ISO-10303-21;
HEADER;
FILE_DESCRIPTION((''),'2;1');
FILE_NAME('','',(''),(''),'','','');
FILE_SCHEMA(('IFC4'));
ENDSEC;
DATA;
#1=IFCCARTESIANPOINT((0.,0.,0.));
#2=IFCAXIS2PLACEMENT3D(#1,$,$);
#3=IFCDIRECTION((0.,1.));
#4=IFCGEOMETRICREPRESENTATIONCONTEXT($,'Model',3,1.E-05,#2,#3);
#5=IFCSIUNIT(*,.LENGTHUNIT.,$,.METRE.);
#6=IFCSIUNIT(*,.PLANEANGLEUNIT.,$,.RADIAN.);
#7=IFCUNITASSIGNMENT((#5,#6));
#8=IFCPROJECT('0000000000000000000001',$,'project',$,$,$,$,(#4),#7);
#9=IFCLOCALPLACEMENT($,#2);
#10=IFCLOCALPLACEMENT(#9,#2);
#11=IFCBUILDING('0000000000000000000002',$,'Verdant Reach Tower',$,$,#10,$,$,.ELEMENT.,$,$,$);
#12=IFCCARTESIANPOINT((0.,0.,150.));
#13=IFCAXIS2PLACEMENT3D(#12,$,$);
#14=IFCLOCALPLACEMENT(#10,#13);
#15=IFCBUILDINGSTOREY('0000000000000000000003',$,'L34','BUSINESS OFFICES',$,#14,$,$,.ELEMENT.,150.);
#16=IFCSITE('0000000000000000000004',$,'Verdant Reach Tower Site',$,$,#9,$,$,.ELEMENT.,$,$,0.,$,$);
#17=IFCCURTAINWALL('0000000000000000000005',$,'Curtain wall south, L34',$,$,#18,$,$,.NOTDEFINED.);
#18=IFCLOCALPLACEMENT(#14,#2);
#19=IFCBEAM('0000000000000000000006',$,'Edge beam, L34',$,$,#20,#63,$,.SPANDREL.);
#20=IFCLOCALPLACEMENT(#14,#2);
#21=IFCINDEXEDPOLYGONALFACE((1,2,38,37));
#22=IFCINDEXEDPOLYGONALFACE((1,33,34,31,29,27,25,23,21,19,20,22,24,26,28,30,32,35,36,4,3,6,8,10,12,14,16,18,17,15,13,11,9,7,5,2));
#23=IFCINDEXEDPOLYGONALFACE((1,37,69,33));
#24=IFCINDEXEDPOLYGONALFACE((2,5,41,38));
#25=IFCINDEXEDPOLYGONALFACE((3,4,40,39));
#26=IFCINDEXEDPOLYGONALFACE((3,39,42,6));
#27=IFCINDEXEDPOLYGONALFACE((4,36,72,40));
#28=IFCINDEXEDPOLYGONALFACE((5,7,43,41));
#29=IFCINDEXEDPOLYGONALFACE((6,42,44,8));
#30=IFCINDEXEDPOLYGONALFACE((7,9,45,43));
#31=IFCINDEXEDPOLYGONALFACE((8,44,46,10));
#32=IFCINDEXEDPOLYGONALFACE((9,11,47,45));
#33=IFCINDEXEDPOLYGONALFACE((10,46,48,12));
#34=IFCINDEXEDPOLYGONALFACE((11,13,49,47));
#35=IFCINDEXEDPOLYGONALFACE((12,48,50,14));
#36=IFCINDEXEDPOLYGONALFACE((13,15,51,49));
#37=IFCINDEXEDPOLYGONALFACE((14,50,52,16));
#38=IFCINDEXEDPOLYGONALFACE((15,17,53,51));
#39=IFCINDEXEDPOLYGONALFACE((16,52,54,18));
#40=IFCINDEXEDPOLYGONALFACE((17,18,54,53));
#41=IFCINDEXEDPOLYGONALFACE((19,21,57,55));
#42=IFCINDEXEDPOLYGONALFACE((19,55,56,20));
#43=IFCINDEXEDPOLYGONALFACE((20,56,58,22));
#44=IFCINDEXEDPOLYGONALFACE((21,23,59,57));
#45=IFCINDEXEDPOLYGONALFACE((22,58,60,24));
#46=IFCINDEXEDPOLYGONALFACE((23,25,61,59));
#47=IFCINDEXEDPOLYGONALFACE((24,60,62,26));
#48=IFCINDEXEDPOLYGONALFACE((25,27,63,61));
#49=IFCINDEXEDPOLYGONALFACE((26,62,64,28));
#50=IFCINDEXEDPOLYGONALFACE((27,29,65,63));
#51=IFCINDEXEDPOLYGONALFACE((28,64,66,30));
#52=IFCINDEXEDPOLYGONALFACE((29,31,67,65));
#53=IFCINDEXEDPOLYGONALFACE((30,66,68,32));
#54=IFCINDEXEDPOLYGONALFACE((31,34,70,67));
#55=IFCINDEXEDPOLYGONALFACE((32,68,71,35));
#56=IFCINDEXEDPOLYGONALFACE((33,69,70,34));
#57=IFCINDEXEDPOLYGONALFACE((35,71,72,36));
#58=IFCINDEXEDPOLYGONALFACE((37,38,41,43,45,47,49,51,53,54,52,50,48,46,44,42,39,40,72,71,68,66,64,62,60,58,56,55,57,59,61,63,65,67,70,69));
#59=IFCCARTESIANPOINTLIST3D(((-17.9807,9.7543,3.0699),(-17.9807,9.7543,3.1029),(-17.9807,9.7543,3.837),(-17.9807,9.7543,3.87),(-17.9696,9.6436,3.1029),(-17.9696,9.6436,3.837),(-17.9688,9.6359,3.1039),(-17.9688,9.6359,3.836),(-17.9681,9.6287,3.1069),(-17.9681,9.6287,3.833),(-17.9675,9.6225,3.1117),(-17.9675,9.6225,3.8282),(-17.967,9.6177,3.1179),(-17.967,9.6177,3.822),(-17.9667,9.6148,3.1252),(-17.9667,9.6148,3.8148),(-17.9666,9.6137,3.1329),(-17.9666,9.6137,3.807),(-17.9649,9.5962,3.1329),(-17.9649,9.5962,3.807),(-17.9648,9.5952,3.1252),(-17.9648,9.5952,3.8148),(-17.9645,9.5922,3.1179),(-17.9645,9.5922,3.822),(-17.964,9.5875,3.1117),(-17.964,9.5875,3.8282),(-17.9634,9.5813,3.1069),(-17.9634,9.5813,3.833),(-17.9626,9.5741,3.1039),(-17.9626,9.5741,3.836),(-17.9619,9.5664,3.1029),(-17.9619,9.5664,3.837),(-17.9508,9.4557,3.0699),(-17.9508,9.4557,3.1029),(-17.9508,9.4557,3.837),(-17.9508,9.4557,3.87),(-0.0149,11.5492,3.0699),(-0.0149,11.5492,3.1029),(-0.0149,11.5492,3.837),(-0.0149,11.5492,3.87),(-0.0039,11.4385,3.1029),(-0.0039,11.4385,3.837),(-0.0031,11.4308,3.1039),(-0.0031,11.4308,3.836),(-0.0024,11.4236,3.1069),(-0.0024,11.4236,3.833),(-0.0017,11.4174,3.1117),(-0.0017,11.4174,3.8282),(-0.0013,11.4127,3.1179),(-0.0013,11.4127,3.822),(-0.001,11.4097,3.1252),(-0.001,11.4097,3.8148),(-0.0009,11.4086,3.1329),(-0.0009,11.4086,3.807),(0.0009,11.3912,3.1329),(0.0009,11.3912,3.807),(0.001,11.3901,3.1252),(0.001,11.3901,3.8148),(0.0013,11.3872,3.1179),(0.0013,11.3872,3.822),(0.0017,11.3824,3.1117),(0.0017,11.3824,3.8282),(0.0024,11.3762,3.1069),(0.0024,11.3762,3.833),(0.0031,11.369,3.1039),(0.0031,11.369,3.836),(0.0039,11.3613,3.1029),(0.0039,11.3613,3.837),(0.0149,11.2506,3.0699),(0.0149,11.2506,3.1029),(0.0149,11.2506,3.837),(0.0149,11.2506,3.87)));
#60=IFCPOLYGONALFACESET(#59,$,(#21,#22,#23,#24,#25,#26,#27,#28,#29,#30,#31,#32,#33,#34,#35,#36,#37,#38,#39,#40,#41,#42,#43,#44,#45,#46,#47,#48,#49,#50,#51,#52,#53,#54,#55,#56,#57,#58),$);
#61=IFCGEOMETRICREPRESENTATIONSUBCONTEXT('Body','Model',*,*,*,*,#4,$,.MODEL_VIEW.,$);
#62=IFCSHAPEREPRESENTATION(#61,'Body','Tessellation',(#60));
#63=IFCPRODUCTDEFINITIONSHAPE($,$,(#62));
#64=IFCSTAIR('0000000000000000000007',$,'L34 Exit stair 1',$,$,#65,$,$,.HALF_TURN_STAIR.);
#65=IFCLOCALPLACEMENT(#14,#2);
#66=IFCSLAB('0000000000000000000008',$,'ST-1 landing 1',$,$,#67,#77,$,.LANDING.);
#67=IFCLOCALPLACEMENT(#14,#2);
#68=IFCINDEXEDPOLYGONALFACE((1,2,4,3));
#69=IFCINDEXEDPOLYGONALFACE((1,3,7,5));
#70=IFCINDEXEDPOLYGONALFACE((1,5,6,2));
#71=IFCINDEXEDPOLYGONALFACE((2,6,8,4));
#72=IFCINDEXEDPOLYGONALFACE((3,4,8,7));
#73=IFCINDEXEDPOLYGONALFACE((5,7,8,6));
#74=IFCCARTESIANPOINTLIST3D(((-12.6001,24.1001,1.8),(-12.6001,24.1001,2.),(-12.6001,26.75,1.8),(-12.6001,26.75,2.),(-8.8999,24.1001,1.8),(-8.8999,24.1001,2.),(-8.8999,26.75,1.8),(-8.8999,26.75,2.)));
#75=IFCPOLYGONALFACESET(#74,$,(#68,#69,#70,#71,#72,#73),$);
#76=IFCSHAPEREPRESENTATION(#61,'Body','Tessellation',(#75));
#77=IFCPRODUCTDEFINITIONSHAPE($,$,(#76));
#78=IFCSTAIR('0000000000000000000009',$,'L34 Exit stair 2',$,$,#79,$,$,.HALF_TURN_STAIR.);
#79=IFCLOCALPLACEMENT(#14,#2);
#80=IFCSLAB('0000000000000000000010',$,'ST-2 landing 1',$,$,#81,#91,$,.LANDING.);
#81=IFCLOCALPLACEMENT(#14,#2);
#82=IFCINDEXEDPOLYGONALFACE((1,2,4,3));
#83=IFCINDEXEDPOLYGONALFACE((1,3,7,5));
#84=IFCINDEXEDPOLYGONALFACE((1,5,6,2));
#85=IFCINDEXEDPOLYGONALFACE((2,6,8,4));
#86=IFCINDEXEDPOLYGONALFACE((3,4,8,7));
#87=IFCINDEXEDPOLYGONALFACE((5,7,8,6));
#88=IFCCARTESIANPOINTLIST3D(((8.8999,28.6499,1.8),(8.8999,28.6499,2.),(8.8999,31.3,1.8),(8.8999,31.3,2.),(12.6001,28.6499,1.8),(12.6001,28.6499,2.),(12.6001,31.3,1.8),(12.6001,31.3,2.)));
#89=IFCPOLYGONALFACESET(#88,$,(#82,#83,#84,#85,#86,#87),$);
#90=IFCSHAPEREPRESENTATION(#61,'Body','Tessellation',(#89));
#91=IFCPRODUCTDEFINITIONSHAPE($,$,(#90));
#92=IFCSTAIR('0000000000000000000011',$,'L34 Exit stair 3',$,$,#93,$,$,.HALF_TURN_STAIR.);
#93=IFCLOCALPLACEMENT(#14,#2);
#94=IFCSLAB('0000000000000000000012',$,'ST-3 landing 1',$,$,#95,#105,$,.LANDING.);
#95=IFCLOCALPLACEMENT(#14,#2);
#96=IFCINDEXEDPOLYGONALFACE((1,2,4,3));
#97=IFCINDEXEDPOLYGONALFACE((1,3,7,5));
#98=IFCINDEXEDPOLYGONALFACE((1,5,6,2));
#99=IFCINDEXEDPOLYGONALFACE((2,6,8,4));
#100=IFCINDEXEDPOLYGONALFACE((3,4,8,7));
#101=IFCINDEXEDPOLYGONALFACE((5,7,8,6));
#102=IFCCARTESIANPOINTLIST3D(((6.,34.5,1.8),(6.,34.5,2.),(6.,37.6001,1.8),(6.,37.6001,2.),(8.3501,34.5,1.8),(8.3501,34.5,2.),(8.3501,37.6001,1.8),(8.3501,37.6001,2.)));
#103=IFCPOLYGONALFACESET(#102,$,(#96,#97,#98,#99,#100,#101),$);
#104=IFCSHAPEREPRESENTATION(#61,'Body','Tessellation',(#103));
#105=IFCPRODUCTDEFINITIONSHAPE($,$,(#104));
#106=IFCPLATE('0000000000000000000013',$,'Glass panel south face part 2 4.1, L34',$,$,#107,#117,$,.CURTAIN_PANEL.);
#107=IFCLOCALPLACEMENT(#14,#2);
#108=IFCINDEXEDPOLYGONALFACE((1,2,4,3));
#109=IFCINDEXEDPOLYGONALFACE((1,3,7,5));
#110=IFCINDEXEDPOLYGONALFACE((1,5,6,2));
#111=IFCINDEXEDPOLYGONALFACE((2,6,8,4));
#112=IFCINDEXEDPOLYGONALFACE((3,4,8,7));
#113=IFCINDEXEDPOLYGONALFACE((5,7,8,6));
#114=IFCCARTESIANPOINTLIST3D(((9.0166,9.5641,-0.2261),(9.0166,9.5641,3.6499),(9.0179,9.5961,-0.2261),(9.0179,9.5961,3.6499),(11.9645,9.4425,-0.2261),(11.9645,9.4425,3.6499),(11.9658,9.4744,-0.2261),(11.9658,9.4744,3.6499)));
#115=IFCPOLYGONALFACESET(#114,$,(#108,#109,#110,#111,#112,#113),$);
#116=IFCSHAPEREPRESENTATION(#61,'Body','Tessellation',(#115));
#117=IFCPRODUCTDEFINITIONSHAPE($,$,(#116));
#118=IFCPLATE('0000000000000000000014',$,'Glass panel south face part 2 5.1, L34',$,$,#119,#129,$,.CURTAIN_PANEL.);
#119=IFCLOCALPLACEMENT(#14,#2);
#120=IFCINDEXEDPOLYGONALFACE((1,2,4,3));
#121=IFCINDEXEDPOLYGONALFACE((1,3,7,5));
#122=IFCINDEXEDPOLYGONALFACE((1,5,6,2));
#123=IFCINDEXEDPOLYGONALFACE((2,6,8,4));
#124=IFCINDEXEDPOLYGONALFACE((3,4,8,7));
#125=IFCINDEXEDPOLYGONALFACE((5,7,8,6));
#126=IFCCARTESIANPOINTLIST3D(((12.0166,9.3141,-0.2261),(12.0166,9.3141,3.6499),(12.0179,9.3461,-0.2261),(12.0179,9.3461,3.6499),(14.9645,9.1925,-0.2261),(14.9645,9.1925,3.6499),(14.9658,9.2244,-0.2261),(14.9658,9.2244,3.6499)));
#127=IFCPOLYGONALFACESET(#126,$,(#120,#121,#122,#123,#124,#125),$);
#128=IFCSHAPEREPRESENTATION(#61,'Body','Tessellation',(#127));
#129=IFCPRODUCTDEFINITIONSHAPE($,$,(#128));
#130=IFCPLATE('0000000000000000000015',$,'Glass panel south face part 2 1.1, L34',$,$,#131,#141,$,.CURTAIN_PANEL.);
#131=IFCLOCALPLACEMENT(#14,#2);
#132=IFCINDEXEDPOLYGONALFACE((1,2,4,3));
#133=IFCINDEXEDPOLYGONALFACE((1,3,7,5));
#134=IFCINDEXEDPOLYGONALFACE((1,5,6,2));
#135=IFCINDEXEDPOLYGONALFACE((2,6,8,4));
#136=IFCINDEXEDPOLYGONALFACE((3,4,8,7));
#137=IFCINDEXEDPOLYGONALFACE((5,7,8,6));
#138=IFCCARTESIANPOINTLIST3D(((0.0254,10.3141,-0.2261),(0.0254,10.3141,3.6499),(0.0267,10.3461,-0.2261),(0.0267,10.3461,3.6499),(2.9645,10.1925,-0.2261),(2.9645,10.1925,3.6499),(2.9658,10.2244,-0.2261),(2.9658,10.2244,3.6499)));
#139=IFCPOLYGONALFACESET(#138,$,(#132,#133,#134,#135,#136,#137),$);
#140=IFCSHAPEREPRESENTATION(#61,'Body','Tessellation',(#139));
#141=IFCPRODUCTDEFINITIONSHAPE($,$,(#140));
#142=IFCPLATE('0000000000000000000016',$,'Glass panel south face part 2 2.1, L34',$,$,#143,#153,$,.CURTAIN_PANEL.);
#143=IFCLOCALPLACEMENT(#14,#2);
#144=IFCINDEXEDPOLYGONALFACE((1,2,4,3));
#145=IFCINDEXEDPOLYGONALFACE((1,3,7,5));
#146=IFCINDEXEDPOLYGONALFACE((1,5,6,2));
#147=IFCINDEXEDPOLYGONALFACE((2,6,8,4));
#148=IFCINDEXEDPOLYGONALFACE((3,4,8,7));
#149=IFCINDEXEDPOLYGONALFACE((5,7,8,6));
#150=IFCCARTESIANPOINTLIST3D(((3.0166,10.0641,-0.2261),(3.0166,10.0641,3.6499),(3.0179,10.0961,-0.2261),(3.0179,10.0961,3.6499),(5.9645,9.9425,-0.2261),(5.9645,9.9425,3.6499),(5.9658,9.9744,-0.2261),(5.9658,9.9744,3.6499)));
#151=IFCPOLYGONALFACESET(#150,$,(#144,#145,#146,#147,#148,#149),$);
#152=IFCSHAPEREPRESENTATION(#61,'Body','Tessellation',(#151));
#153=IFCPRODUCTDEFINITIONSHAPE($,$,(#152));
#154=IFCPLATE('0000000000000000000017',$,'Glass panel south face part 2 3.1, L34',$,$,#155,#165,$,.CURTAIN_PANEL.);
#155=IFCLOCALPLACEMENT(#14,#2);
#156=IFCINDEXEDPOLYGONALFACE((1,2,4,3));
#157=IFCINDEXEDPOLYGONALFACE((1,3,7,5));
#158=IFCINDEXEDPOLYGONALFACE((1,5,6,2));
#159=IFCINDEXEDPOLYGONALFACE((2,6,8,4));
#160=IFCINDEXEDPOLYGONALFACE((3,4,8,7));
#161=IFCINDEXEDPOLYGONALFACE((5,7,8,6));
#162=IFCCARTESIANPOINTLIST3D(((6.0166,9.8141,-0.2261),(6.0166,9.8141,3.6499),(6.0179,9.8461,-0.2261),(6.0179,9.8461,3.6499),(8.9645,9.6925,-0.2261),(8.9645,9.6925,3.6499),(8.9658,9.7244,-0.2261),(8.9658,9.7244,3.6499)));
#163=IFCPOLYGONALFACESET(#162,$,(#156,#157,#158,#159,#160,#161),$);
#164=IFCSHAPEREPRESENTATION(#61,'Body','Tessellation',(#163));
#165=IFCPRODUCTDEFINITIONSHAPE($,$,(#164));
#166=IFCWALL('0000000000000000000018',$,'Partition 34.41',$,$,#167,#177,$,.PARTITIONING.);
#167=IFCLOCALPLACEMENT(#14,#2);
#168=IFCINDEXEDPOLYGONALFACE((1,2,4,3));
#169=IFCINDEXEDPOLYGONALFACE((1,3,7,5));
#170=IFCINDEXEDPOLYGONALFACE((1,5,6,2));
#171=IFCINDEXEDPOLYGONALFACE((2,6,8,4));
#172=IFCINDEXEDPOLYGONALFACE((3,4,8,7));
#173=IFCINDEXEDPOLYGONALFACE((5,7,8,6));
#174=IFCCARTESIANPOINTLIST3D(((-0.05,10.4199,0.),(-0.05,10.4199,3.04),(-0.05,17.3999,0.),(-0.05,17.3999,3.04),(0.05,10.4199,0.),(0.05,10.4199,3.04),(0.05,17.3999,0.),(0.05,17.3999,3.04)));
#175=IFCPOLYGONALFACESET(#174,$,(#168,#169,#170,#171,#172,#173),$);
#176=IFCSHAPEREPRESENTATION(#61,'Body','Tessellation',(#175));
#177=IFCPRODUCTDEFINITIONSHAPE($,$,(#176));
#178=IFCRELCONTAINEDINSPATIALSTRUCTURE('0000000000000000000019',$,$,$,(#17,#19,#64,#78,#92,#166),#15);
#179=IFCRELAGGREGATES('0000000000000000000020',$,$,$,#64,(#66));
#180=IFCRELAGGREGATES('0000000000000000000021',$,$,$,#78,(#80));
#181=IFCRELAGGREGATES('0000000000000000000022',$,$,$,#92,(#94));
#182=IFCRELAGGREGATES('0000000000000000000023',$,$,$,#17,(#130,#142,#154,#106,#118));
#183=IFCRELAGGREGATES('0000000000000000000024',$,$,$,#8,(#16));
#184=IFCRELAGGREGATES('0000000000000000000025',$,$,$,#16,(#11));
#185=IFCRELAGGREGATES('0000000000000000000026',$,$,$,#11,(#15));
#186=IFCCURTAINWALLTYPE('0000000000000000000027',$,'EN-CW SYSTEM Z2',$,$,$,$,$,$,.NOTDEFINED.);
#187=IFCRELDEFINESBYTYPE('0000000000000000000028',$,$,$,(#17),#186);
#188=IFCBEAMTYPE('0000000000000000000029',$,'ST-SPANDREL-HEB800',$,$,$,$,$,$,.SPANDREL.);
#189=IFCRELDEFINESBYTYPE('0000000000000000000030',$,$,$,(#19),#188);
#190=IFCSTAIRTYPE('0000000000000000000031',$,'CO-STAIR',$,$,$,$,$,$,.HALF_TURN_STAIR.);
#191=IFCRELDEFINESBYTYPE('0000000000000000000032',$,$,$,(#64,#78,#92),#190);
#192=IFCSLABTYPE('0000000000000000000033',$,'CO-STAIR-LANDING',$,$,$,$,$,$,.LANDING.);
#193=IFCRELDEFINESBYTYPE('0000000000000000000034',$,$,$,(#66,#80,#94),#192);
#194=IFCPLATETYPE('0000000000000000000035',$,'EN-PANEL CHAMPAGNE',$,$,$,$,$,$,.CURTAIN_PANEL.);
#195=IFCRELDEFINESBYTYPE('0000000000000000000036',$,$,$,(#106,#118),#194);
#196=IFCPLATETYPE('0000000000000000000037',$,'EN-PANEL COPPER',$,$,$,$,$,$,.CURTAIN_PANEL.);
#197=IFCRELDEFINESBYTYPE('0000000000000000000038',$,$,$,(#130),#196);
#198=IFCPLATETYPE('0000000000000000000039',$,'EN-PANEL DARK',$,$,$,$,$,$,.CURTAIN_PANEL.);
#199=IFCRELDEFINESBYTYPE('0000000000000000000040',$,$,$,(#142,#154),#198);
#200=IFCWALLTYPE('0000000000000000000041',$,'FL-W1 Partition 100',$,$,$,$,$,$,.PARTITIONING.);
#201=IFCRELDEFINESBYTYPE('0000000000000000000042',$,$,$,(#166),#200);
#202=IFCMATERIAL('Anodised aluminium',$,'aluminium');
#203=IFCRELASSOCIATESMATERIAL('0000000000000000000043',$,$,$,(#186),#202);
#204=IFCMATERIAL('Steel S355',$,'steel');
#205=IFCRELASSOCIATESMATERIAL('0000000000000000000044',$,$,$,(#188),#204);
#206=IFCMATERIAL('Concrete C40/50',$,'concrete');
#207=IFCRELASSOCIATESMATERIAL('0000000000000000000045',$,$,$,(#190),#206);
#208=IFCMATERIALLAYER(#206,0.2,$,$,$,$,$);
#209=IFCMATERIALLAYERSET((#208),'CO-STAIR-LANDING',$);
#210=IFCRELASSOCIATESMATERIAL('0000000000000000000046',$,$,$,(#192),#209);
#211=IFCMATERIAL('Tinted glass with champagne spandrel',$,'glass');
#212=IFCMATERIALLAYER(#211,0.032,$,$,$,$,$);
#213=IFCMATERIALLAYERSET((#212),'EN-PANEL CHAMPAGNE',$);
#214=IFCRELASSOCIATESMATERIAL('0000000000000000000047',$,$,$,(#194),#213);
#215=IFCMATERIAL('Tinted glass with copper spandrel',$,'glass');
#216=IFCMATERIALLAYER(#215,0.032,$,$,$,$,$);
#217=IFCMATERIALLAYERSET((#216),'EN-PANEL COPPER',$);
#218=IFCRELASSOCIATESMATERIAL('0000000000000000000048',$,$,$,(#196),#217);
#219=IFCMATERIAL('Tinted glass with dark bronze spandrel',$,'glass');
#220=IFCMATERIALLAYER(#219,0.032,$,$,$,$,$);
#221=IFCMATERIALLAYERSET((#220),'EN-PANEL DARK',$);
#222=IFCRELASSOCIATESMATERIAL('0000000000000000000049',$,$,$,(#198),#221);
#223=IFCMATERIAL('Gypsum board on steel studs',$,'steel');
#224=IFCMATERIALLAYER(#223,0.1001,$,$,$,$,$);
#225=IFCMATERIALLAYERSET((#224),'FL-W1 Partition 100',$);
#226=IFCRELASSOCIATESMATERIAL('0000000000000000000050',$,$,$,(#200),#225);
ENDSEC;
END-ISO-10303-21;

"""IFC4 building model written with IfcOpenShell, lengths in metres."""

from ifc_helpers import new_model, si_unit, direction, frame, frame_2d, origin, origin_2d, place, context, subcontext, project, spatial, polyline, rectangle, i_section, outline, extrude, material, layer, layer_set, material_profile, profile_set, type_object, element, aggregate, save


model = new_model("IFC4")

# Units and contexts
model_context = context("Model", 3, precision=1e-05, world=origin(), true_north=direction((0.0, 1.0)))
body_context = subcontext(model_context, "Body", "Model", "MODEL_VIEW")
ifc_project = project(units=[si_unit("LENGTHUNIT", "METRE"), si_unit("PLANEANGLEUNIT", "RADIAN")], contexts=[model_context])

# Site, building, storey
site_placement = place(None, origin())
site = spatial("IfcSite", under=ifc_project, at=site_placement, Name="Verdant Reach Tower Site", CompositionType="ELEMENT", RefElevation=0.0)
building_placement = place(site_placement, origin())
building = spatial("IfcBuilding", under=site, at=building_placement, Name="Verdant Reach Tower", CompositionType="ELEMENT")
storey_placement = place(building_placement, frame((0.0, 0.0, 150.0)))
storey = spatial("IfcBuildingStorey", under=building, at=storey_placement, Name="L34", Description="BUSINESS OFFICES", CompositionType="ELEMENT", Elevation=150.0)

# Curtain wall
ifc_material_1 = material(Name="Anodised aluminium", Category="aluminium")
curtain_wall_type = type_object("IfcCurtainWallType", Name="EN-CW SYSTEM Z2", PredefinedType="NOTDEFINED", material=ifc_material_1)
curtain_wall_placement = place(storey_placement, origin())
curtain_wall = element("IfcCurtainWall", 1, at=curtain_wall_placement, inside=storey, type_object=curtain_wall_type, Name="Curtain wall south, L34", PredefinedType="NOTDEFINED")

# Beam
ifc_material_2 = material(Name="Steel S355", Category="steel")
ifc_material_profile_1 = material_profile(ifc_material_2, i_section(OverallWidth=0.3, OverallDepth=0.8, WebThickness=0.0176, FlangeThickness=0.033, FilletRadius=0.03, at=origin_2d()), Name="HEB 800")
ifc_profile_set_1 = profile_set([ifc_material_profile_1], Name="Steel S355")
beam_type_1 = type_object("IfcBeamType", Name="ST-SPANDREL-HEB800", PredefinedType="SPANDREL", material=ifc_profile_set_1)
beam_1_placement = place(storey_placement, frame((0.0, 11.3999, 3.47), z_axis=(-0.995046, -0.099413, 0.0), x_axis=(0.099413, -0.995046, 0.0)))
element("IfcBeam", 2, at=beam_1_placement, inside=storey, type_object=beam_type_1, Name="Edge beam, L34", PredefinedType="SPANDREL", context=body_context, shape_type="SweptSolid", body=[
    extrude(i_section(OverallWidth=0.3, OverallDepth=0.8, WebThickness=0.0176, FlangeThickness=0.033, FilletRadius=0.03, at=origin_2d()), origin(), (0.0, 0.0, 1.0), 18.0552),
])

# Stairs, slabs
ifc_material_3 = material(Name="Concrete C40/50", Category="concrete")
stair_type = type_object("IfcStairType", Name="CO-STAIR", PredefinedType="HALF_TURN_STAIR", material=ifc_material_3)
stair_1_placement = place(storey_placement, origin())
stair_1 = element("IfcStair", 3, at=stair_1_placement, inside=storey, type_object=stair_type, Name="L34 Exit stair 1", PredefinedType="HALF_TURN_STAIR")
ifc_layer_1 = layer(ifc_material_3, 0.2)
ifc_layer_set_1 = layer_set([ifc_layer_1], Name="CO-STAIR-LANDING")
slab_type = type_object("IfcSlabType", Name="CO-STAIR-LANDING", PredefinedType="LANDING", material=ifc_layer_set_1)
slab_1_placement = place(storey_placement, frame((0.0, 0.0, 1.8)))
slab_1 = element("IfcSlab", 4, at=slab_1_placement, type_object=slab_type, Name="ST-1 landing 1", PredefinedType="LANDING", context=body_context, shape_type="SweptSolid", body=[
    extrude(outline(polyline([(-12.6001, 26.75), (-12.6001, 24.1001), (-8.8999, 24.1001), (-8.8999, 26.75), (-12.6001, 26.75)])), origin(), (0.0, 0.0, 1.0), 0.2),
])
aggregate(stair_1, [slab_1])
stair_2_placement = place(storey_placement, origin())
stair_2 = element("IfcStair", 5, at=stair_2_placement, inside=storey, type_object=stair_type, Name="L34 Exit stair 2", PredefinedType="HALF_TURN_STAIR")
slab_2_placement = place(storey_placement, frame((0.0, 0.0, 1.8)))
slab_2 = element("IfcSlab", 6, at=slab_2_placement, type_object=slab_type, Name="ST-2 landing 1", PredefinedType="LANDING", context=body_context, shape_type="SweptSolid", body=[
    extrude(outline(polyline([(12.6001, 28.6499), (12.6001, 31.3), (8.8999, 31.3), (8.8999, 28.6499), (12.6001, 28.6499)])), origin(), (0.0, 0.0, 1.0), 0.2),
])
aggregate(stair_2, [slab_2])
stair_3_placement = place(storey_placement, origin())
stair_3 = element("IfcStair", 7, at=stair_3_placement, inside=storey, type_object=stair_type, Name="L34 Exit stair 3", PredefinedType="HALF_TURN_STAIR")
slab_3_placement = place(storey_placement, frame((0.0, 0.0, 1.8)))
slab_3 = element("IfcSlab", 8, at=slab_3_placement, type_object=slab_type, Name="ST-3 landing 1", PredefinedType="LANDING", context=body_context, shape_type="SweptSolid", body=[
    extrude(outline(polyline([(8.3501, 37.6001), (6.0, 37.6001), (6.0, 34.5), (8.3501, 34.5), (8.3501, 37.6001)])), origin(), (0.0, 0.0, 1.0), 0.2),
])
aggregate(stair_3, [slab_3])

# Plates
ifc_material_4 = material(Name="Tinted glass with champagne spandrel", Category="glass")
ifc_layer_2 = layer(ifc_material_4, 0.032)
ifc_layer_set_2 = layer_set([ifc_layer_2], Name="EN-PANEL CHAMPAGNE")
plate_type_1 = type_object("IfcPlateType", Name="EN-PANEL CHAMPAGNE", PredefinedType="CURTAIN_PANEL", material=ifc_layer_set_2)
plate_1_placement = place(storey_placement, frame((10.4912, 9.5193, -0.2261), z_axis=(0.0, 0.0, 1.0), x_axis=(0.999149, -0.041242, 0.0)))
plate_1 = element("IfcPlate", 9, at=plate_1_placement, type_object=plate_type_1, Name="Glass panel south face part 2 4.1, L34", PredefinedType="CURTAIN_PANEL", context=body_context, shape_type="SweptSolid", body=[
    extrude(rectangle(XDim=2.9504, YDim=0.032, at=origin_2d()), origin(), (0.0, 0.0, 1.0), 3.876),
])
plate_2_placement = place(storey_placement, frame((13.4912, 9.2693, -0.2261), z_axis=(0.0, 0.0, 1.0), x_axis=(0.999149, -0.041242, 0.0)))
plate_2 = element("IfcPlate", 10, at=plate_2_placement, type_object=plate_type_1, Name="Glass panel south face part 2 5.1, L34", PredefinedType="CURTAIN_PANEL", context=body_context, shape_type="SweptSolid", body=[
    extrude(rectangle(XDim=2.9504, YDim=0.032, at=origin_2d()), origin(), (0.0, 0.0, 1.0), 3.876),
])
ifc_material_5 = material(Name="Tinted glass with copper spandrel", Category="glass")
ifc_layer_3 = layer(ifc_material_5, 0.032)
ifc_layer_set_3 = layer_set([ifc_layer_3], Name="EN-PANEL COPPER")
plate_type_2 = type_object("IfcPlateType", Name="EN-PANEL COPPER", PredefinedType="CURTAIN_PANEL", material=ifc_layer_set_3)
plate_3_placement = place(storey_placement, frame((1.4956, 10.2693, -0.2261), z_axis=(0.0, 0.0, 1.0), x_axis=(0.999144, -0.041364, 0.0)))
plate_3 = element("IfcPlate", 11, at=plate_3_placement, type_object=plate_type_2, Name="Glass panel south face part 2 1.1, L34", PredefinedType="CURTAIN_PANEL", context=body_context, shape_type="SweptSolid", body=[
    extrude(rectangle(XDim=2.9417, YDim=0.032, at=origin_2d()), origin(), (0.0, 0.0, 1.0), 3.876),
])
ifc_material_6 = material(Name="Tinted glass with dark bronze spandrel", Category="glass")
ifc_layer_4 = layer(ifc_material_6, 0.032)
ifc_layer_set_4 = layer_set([ifc_layer_4], Name="EN-PANEL DARK")
plate_type_3 = type_object("IfcPlateType", Name="EN-PANEL DARK", PredefinedType="CURTAIN_PANEL", material=ifc_layer_set_4)
plate_4_placement = place(storey_placement, frame((4.4912, 10.0193, -0.2261), z_axis=(0.0, 0.0, 1.0), x_axis=(0.999149, -0.041242, 0.0)))
plate_4 = element("IfcPlate", 12, at=plate_4_placement, type_object=plate_type_3, Name="Glass panel south face part 2 2.1, L34", PredefinedType="CURTAIN_PANEL", context=body_context, shape_type="SweptSolid", body=[
    extrude(rectangle(XDim=2.9504, YDim=0.032, at=origin_2d()), origin(), (0.0, 0.0, 1.0), 3.876),
])
plate_5_placement = place(storey_placement, frame((7.4912, 9.7693, -0.2261), z_axis=(0.0, 0.0, 1.0), x_axis=(0.999149, -0.041242, 0.0)))
plate_5 = element("IfcPlate", 13, at=plate_5_placement, type_object=plate_type_3, Name="Glass panel south face part 2 3.1, L34", PredefinedType="CURTAIN_PANEL", context=body_context, shape_type="SweptSolid", body=[
    extrude(rectangle(XDim=2.9504, YDim=0.032, at=origin_2d()), origin(), (0.0, 0.0, 1.0), 3.876),
])
aggregate(curtain_wall, [plate_3, plate_4, plate_5, plate_1, plate_2])

# Wall
ifc_material_7 = material(Name="Gypsum board on steel studs", Category="steel")
ifc_layer_5 = layer(ifc_material_7, 0.1001)
ifc_layer_set_5 = layer_set([ifc_layer_5], Name="FL-W1 Partition 100")
wall_type = type_object("IfcWallType", Name="FL-W1 Partition 100", PredefinedType="PARTITIONING", material=ifc_layer_set_5)
wall_1_placement = place(storey_placement, frame((0.0, 10.4199, 0.0), z_axis=(0.0, 0.0, 1.0), x_axis=(0.0, 1.0, 0.0)))
element("IfcWall", 14, at=wall_1_placement, inside=storey, type_object=wall_type, Name="Partition 34.41", PredefinedType="PARTITIONING", context=body_context, shape_type="SweptSolid", body=[
    extrude(rectangle(XDim=6.98, YDim=0.1001, at=frame_2d((3.49, 0.0))), origin(), (0.0, 0.0, 1.0), 3.04),
])

save(model, "model.ifc")
